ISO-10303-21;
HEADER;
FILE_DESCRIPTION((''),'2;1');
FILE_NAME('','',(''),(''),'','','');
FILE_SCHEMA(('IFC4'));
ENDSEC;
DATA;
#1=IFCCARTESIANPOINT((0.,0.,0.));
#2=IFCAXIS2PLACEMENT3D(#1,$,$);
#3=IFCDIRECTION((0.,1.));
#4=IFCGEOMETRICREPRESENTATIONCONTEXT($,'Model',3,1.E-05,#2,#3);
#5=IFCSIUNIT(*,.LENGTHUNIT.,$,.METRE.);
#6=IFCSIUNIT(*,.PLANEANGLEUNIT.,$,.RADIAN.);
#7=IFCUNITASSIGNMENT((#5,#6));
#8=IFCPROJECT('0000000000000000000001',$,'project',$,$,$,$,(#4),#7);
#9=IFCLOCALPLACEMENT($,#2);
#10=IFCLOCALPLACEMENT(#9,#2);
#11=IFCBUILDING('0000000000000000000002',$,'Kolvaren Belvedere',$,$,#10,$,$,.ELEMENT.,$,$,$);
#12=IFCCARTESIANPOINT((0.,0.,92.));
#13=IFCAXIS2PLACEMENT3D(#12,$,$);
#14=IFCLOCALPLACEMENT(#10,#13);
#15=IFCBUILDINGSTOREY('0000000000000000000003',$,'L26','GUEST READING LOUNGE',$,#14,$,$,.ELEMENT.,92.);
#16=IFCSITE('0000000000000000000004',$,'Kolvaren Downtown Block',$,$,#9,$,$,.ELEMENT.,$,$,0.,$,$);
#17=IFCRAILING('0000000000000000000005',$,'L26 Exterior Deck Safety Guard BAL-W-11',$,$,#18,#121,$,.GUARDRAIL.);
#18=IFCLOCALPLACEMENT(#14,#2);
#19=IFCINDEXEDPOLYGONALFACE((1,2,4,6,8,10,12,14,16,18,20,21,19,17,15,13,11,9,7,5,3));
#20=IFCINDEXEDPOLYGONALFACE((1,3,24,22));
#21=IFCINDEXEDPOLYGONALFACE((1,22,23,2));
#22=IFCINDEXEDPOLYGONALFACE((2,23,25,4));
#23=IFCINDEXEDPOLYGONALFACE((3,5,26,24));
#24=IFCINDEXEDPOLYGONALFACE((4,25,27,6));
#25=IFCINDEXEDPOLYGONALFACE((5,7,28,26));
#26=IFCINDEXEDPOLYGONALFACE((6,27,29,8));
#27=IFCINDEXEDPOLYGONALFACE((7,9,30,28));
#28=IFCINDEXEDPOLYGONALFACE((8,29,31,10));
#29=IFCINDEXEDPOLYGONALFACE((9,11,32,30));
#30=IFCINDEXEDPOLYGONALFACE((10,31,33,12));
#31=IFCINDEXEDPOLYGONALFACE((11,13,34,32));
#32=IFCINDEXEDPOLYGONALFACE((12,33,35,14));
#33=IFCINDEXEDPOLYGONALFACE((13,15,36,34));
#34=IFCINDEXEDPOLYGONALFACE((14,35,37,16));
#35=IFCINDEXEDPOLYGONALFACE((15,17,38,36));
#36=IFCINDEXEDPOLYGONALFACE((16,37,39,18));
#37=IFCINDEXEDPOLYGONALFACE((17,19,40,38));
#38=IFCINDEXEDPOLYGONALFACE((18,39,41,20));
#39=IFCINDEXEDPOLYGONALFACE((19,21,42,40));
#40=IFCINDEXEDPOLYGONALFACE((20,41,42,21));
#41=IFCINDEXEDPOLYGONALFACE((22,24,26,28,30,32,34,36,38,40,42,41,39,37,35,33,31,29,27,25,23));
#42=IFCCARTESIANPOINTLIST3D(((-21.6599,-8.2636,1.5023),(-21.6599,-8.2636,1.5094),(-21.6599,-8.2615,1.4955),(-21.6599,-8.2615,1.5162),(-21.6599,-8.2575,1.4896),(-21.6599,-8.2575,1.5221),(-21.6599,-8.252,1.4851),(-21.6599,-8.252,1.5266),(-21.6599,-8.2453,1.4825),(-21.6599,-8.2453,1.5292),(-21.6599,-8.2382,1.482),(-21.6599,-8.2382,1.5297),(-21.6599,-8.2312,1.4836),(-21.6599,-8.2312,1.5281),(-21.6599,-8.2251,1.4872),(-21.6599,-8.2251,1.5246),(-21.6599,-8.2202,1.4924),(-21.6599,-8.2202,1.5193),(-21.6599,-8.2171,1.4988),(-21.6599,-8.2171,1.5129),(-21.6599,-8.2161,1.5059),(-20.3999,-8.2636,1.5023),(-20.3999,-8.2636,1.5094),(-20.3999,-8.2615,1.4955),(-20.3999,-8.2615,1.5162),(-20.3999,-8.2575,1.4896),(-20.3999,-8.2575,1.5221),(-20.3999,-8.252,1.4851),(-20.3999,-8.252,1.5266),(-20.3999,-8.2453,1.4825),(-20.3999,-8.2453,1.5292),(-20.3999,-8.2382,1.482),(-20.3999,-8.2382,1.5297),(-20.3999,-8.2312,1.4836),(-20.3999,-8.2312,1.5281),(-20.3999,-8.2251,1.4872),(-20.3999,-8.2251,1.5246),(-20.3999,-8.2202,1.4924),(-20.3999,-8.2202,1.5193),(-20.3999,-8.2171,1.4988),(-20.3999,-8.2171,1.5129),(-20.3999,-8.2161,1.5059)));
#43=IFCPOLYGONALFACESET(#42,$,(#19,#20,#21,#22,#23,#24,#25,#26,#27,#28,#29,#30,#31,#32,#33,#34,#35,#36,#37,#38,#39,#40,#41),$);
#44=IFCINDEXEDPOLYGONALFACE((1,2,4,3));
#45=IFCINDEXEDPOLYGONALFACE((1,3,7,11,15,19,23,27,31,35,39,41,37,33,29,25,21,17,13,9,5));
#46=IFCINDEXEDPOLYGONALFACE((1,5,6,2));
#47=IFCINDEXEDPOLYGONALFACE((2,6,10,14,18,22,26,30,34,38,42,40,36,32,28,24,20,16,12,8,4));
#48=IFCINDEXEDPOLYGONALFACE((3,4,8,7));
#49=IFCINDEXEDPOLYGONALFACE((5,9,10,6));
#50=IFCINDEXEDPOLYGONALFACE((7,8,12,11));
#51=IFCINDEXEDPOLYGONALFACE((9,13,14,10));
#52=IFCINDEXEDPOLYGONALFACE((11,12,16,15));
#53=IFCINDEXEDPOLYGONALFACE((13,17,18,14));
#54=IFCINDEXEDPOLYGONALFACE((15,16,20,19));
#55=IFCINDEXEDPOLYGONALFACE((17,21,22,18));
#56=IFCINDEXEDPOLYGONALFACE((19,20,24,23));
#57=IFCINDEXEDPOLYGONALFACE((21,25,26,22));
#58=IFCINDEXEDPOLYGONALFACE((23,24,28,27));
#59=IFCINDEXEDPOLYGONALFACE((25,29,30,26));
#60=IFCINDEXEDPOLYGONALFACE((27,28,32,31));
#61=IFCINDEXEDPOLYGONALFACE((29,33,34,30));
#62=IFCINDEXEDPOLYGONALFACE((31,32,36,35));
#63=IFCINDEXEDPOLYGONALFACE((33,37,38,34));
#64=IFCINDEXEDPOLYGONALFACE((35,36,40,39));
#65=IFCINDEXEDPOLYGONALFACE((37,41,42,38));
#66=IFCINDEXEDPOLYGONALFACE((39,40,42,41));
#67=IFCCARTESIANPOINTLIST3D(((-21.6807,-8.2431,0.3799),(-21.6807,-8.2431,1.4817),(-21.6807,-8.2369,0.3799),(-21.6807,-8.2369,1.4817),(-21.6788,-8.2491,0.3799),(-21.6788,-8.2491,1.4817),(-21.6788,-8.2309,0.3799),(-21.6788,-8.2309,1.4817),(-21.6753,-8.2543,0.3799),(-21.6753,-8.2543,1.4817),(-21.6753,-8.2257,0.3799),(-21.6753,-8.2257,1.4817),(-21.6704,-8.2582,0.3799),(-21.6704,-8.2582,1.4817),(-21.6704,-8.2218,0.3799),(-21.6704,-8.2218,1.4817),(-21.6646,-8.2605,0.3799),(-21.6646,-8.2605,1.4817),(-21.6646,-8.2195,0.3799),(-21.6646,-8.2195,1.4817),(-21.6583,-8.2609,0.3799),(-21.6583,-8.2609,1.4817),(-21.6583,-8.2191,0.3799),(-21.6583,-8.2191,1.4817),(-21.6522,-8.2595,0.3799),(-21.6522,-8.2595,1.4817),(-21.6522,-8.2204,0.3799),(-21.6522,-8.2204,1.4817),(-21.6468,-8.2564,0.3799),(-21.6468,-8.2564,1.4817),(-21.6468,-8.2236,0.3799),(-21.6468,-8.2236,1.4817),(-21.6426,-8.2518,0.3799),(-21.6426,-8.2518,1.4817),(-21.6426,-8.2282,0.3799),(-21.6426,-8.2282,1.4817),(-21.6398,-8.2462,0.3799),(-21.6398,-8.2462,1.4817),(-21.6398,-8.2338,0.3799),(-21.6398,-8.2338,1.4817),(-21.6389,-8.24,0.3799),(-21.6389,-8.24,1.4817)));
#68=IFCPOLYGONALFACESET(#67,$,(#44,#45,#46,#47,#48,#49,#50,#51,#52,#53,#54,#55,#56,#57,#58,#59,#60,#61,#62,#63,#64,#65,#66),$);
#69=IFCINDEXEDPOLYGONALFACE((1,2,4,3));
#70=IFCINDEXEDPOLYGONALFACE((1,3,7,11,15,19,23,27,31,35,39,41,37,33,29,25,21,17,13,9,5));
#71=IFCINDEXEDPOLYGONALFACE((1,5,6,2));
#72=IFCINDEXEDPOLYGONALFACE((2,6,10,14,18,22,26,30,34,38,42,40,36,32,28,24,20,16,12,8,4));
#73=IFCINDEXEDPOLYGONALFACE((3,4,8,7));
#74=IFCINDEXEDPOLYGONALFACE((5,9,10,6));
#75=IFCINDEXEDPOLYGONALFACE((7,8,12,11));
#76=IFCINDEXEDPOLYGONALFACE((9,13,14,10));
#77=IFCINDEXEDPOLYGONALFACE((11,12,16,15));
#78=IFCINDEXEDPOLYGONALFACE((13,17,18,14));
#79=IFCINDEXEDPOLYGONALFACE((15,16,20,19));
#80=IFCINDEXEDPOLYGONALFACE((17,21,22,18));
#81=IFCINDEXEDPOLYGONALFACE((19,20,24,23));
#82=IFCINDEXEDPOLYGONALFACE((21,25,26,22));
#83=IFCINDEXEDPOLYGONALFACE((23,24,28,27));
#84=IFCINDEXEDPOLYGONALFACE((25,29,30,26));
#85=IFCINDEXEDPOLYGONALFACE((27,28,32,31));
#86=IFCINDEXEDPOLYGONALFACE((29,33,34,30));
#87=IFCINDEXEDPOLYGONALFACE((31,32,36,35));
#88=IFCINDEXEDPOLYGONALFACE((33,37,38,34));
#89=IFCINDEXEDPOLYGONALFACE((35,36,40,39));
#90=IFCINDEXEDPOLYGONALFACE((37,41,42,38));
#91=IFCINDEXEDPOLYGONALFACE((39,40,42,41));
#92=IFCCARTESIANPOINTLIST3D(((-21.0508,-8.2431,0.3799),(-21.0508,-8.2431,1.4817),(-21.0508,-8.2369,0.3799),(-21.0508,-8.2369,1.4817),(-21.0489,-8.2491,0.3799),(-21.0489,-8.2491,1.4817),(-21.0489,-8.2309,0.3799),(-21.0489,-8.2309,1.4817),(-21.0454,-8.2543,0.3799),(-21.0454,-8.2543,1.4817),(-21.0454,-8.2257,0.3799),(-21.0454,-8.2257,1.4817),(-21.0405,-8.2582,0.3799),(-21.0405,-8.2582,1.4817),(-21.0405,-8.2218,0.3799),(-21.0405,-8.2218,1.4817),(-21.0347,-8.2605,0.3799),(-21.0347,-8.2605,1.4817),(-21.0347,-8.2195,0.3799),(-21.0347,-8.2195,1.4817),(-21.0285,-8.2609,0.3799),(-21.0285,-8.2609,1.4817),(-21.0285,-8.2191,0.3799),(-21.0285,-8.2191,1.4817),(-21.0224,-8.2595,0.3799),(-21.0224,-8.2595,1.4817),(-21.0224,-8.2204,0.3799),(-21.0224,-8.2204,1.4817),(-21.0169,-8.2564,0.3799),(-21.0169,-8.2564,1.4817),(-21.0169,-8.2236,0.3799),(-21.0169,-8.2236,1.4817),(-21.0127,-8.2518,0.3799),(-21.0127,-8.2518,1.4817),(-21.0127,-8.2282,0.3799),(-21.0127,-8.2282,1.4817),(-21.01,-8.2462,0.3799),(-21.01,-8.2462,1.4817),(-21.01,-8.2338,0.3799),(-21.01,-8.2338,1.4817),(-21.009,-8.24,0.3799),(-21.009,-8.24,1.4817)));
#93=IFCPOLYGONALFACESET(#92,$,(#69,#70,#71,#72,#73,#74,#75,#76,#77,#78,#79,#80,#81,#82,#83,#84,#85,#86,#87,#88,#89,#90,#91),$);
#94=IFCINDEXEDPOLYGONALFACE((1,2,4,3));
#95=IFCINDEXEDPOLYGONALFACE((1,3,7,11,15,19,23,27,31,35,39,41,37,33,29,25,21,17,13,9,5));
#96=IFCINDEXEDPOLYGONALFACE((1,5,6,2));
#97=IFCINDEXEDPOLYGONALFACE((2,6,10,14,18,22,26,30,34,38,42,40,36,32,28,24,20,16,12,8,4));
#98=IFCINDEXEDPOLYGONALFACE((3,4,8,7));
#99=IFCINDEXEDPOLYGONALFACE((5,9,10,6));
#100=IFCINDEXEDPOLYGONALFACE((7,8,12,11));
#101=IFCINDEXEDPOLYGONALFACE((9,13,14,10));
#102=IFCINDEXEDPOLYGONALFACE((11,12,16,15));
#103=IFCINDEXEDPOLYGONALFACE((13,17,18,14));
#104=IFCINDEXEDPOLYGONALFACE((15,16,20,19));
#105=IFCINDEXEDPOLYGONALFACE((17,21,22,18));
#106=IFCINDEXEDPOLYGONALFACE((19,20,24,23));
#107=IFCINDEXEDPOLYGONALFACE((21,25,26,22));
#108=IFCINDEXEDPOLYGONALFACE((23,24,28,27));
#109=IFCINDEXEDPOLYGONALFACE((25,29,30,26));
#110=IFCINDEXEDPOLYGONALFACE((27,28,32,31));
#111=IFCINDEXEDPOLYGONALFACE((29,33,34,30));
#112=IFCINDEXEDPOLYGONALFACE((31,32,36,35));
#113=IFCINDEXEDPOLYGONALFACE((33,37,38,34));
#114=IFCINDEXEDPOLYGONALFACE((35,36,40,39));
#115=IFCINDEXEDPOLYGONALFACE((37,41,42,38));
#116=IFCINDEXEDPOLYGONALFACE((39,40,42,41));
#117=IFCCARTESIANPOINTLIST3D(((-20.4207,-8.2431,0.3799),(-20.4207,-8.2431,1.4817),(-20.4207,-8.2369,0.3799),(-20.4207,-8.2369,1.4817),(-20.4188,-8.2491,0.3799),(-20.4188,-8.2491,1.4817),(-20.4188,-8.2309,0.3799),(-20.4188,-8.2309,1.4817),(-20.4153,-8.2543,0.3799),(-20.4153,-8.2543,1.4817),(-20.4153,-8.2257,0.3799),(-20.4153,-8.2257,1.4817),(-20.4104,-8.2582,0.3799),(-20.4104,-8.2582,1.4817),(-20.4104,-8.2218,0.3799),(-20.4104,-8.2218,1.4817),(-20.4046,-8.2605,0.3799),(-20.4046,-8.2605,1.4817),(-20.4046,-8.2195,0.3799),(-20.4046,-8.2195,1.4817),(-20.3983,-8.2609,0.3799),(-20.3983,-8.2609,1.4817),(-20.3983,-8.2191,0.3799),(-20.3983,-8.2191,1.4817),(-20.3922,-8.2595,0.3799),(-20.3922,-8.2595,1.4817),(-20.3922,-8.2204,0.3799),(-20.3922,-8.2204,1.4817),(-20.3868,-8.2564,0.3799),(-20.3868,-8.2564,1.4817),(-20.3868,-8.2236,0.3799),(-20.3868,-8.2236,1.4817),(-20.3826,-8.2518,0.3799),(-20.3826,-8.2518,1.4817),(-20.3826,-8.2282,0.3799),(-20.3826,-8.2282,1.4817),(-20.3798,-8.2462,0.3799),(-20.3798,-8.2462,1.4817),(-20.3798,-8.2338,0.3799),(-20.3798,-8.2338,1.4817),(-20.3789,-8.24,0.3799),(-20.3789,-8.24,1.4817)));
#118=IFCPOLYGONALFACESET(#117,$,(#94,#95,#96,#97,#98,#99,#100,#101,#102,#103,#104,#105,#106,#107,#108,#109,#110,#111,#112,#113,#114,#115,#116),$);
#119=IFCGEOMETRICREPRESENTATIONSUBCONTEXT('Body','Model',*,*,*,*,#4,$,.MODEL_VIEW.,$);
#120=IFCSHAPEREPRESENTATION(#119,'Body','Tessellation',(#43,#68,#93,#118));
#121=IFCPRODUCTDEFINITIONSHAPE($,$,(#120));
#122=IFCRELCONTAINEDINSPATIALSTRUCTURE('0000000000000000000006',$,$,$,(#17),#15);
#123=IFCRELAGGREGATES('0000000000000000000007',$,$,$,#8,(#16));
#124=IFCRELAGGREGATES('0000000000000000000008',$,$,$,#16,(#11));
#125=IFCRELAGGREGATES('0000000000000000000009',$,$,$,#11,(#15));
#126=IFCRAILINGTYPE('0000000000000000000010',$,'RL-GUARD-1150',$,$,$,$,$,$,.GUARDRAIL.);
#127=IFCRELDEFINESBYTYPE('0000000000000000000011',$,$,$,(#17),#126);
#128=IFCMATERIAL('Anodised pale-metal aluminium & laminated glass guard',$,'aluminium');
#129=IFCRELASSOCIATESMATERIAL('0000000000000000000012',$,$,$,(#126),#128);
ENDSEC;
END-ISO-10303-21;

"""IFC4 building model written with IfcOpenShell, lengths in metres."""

from ifc_helpers import new_model, si_unit, direction, frame, origin, origin_2d, place, context, subcontext, project, spatial, circle, extrude, material, type_object, element, save


model = new_model("IFC4")

# Units and contexts
model_context = context("Model", 3, precision=1e-05, world=origin(), true_north=direction((0.0, 1.0)))
body_context = subcontext(model_context, "Body", "Model", "MODEL_VIEW")
ifc_project = project(units=[si_unit("LENGTHUNIT", "METRE"), si_unit("PLANEANGLEUNIT", "RADIAN")], contexts=[model_context])

# Site, building, storey
site_placement = place(None, origin())
site = spatial("IfcSite", under=ifc_project, at=site_placement, Name="Kolvaren Downtown Block", CompositionType="ELEMENT", RefElevation=0.0)
building_placement = place(site_placement, origin())
building = spatial("IfcBuilding", under=site, at=building_placement, Name="Kolvaren Belvedere", CompositionType="ELEMENT")
storey_placement = place(building_placement, frame((0.0, 0.0, 92.0)))
storey = spatial("IfcBuildingStorey", under=building, at=storey_placement, Name="L26", Description="GUEST READING LOUNGE", CompositionType="ELEMENT", Elevation=92.0)

# Railing
ifc_material_1 = material(Name="Anodised pale-metal aluminium & laminated glass guard", Category="aluminium")
railing_type = type_object("IfcRailingType", Name="RL-GUARD-1150", PredefinedType="GUARDRAIL", material=ifc_material_1)
railing_1_placement = place(storey_placement, frame((-21.6599, -8.24, 0.3799)))
element("IfcRailing", 1, at=railing_1_placement, inside=storey, type_object=railing_type, Name="L26 Exterior Deck Safety Guard BAL-W-11", PredefinedType="GUARDRAIL", context=body_context, shape_type="SweptSolid", body=[
    extrude(circle(Radius=0.0239, at=origin_2d()), frame((0.0, 0.0, 1.126), z_axis=(1.0, 0.0, 0.0), x_axis=(0.0, 1.0, 0.0)), (0.0, 0.0, 1.0), 1.26),
    extrude(circle(Radius=0.021, at=origin_2d()), origin(), (0.0, 0.0, 1.0), 1.1018),
    extrude(circle(Radius=0.021, at=origin_2d()), frame((0.6299, 0.0, 0.0)), (0.0, 0.0, 1.0), 1.1018),
    extrude(circle(Radius=0.021, at=origin_2d()), frame((1.26, 0.0, 0.0)), (0.0, 0.0, 1.0), 1.1018),
])

save(model, "model.ifc")
